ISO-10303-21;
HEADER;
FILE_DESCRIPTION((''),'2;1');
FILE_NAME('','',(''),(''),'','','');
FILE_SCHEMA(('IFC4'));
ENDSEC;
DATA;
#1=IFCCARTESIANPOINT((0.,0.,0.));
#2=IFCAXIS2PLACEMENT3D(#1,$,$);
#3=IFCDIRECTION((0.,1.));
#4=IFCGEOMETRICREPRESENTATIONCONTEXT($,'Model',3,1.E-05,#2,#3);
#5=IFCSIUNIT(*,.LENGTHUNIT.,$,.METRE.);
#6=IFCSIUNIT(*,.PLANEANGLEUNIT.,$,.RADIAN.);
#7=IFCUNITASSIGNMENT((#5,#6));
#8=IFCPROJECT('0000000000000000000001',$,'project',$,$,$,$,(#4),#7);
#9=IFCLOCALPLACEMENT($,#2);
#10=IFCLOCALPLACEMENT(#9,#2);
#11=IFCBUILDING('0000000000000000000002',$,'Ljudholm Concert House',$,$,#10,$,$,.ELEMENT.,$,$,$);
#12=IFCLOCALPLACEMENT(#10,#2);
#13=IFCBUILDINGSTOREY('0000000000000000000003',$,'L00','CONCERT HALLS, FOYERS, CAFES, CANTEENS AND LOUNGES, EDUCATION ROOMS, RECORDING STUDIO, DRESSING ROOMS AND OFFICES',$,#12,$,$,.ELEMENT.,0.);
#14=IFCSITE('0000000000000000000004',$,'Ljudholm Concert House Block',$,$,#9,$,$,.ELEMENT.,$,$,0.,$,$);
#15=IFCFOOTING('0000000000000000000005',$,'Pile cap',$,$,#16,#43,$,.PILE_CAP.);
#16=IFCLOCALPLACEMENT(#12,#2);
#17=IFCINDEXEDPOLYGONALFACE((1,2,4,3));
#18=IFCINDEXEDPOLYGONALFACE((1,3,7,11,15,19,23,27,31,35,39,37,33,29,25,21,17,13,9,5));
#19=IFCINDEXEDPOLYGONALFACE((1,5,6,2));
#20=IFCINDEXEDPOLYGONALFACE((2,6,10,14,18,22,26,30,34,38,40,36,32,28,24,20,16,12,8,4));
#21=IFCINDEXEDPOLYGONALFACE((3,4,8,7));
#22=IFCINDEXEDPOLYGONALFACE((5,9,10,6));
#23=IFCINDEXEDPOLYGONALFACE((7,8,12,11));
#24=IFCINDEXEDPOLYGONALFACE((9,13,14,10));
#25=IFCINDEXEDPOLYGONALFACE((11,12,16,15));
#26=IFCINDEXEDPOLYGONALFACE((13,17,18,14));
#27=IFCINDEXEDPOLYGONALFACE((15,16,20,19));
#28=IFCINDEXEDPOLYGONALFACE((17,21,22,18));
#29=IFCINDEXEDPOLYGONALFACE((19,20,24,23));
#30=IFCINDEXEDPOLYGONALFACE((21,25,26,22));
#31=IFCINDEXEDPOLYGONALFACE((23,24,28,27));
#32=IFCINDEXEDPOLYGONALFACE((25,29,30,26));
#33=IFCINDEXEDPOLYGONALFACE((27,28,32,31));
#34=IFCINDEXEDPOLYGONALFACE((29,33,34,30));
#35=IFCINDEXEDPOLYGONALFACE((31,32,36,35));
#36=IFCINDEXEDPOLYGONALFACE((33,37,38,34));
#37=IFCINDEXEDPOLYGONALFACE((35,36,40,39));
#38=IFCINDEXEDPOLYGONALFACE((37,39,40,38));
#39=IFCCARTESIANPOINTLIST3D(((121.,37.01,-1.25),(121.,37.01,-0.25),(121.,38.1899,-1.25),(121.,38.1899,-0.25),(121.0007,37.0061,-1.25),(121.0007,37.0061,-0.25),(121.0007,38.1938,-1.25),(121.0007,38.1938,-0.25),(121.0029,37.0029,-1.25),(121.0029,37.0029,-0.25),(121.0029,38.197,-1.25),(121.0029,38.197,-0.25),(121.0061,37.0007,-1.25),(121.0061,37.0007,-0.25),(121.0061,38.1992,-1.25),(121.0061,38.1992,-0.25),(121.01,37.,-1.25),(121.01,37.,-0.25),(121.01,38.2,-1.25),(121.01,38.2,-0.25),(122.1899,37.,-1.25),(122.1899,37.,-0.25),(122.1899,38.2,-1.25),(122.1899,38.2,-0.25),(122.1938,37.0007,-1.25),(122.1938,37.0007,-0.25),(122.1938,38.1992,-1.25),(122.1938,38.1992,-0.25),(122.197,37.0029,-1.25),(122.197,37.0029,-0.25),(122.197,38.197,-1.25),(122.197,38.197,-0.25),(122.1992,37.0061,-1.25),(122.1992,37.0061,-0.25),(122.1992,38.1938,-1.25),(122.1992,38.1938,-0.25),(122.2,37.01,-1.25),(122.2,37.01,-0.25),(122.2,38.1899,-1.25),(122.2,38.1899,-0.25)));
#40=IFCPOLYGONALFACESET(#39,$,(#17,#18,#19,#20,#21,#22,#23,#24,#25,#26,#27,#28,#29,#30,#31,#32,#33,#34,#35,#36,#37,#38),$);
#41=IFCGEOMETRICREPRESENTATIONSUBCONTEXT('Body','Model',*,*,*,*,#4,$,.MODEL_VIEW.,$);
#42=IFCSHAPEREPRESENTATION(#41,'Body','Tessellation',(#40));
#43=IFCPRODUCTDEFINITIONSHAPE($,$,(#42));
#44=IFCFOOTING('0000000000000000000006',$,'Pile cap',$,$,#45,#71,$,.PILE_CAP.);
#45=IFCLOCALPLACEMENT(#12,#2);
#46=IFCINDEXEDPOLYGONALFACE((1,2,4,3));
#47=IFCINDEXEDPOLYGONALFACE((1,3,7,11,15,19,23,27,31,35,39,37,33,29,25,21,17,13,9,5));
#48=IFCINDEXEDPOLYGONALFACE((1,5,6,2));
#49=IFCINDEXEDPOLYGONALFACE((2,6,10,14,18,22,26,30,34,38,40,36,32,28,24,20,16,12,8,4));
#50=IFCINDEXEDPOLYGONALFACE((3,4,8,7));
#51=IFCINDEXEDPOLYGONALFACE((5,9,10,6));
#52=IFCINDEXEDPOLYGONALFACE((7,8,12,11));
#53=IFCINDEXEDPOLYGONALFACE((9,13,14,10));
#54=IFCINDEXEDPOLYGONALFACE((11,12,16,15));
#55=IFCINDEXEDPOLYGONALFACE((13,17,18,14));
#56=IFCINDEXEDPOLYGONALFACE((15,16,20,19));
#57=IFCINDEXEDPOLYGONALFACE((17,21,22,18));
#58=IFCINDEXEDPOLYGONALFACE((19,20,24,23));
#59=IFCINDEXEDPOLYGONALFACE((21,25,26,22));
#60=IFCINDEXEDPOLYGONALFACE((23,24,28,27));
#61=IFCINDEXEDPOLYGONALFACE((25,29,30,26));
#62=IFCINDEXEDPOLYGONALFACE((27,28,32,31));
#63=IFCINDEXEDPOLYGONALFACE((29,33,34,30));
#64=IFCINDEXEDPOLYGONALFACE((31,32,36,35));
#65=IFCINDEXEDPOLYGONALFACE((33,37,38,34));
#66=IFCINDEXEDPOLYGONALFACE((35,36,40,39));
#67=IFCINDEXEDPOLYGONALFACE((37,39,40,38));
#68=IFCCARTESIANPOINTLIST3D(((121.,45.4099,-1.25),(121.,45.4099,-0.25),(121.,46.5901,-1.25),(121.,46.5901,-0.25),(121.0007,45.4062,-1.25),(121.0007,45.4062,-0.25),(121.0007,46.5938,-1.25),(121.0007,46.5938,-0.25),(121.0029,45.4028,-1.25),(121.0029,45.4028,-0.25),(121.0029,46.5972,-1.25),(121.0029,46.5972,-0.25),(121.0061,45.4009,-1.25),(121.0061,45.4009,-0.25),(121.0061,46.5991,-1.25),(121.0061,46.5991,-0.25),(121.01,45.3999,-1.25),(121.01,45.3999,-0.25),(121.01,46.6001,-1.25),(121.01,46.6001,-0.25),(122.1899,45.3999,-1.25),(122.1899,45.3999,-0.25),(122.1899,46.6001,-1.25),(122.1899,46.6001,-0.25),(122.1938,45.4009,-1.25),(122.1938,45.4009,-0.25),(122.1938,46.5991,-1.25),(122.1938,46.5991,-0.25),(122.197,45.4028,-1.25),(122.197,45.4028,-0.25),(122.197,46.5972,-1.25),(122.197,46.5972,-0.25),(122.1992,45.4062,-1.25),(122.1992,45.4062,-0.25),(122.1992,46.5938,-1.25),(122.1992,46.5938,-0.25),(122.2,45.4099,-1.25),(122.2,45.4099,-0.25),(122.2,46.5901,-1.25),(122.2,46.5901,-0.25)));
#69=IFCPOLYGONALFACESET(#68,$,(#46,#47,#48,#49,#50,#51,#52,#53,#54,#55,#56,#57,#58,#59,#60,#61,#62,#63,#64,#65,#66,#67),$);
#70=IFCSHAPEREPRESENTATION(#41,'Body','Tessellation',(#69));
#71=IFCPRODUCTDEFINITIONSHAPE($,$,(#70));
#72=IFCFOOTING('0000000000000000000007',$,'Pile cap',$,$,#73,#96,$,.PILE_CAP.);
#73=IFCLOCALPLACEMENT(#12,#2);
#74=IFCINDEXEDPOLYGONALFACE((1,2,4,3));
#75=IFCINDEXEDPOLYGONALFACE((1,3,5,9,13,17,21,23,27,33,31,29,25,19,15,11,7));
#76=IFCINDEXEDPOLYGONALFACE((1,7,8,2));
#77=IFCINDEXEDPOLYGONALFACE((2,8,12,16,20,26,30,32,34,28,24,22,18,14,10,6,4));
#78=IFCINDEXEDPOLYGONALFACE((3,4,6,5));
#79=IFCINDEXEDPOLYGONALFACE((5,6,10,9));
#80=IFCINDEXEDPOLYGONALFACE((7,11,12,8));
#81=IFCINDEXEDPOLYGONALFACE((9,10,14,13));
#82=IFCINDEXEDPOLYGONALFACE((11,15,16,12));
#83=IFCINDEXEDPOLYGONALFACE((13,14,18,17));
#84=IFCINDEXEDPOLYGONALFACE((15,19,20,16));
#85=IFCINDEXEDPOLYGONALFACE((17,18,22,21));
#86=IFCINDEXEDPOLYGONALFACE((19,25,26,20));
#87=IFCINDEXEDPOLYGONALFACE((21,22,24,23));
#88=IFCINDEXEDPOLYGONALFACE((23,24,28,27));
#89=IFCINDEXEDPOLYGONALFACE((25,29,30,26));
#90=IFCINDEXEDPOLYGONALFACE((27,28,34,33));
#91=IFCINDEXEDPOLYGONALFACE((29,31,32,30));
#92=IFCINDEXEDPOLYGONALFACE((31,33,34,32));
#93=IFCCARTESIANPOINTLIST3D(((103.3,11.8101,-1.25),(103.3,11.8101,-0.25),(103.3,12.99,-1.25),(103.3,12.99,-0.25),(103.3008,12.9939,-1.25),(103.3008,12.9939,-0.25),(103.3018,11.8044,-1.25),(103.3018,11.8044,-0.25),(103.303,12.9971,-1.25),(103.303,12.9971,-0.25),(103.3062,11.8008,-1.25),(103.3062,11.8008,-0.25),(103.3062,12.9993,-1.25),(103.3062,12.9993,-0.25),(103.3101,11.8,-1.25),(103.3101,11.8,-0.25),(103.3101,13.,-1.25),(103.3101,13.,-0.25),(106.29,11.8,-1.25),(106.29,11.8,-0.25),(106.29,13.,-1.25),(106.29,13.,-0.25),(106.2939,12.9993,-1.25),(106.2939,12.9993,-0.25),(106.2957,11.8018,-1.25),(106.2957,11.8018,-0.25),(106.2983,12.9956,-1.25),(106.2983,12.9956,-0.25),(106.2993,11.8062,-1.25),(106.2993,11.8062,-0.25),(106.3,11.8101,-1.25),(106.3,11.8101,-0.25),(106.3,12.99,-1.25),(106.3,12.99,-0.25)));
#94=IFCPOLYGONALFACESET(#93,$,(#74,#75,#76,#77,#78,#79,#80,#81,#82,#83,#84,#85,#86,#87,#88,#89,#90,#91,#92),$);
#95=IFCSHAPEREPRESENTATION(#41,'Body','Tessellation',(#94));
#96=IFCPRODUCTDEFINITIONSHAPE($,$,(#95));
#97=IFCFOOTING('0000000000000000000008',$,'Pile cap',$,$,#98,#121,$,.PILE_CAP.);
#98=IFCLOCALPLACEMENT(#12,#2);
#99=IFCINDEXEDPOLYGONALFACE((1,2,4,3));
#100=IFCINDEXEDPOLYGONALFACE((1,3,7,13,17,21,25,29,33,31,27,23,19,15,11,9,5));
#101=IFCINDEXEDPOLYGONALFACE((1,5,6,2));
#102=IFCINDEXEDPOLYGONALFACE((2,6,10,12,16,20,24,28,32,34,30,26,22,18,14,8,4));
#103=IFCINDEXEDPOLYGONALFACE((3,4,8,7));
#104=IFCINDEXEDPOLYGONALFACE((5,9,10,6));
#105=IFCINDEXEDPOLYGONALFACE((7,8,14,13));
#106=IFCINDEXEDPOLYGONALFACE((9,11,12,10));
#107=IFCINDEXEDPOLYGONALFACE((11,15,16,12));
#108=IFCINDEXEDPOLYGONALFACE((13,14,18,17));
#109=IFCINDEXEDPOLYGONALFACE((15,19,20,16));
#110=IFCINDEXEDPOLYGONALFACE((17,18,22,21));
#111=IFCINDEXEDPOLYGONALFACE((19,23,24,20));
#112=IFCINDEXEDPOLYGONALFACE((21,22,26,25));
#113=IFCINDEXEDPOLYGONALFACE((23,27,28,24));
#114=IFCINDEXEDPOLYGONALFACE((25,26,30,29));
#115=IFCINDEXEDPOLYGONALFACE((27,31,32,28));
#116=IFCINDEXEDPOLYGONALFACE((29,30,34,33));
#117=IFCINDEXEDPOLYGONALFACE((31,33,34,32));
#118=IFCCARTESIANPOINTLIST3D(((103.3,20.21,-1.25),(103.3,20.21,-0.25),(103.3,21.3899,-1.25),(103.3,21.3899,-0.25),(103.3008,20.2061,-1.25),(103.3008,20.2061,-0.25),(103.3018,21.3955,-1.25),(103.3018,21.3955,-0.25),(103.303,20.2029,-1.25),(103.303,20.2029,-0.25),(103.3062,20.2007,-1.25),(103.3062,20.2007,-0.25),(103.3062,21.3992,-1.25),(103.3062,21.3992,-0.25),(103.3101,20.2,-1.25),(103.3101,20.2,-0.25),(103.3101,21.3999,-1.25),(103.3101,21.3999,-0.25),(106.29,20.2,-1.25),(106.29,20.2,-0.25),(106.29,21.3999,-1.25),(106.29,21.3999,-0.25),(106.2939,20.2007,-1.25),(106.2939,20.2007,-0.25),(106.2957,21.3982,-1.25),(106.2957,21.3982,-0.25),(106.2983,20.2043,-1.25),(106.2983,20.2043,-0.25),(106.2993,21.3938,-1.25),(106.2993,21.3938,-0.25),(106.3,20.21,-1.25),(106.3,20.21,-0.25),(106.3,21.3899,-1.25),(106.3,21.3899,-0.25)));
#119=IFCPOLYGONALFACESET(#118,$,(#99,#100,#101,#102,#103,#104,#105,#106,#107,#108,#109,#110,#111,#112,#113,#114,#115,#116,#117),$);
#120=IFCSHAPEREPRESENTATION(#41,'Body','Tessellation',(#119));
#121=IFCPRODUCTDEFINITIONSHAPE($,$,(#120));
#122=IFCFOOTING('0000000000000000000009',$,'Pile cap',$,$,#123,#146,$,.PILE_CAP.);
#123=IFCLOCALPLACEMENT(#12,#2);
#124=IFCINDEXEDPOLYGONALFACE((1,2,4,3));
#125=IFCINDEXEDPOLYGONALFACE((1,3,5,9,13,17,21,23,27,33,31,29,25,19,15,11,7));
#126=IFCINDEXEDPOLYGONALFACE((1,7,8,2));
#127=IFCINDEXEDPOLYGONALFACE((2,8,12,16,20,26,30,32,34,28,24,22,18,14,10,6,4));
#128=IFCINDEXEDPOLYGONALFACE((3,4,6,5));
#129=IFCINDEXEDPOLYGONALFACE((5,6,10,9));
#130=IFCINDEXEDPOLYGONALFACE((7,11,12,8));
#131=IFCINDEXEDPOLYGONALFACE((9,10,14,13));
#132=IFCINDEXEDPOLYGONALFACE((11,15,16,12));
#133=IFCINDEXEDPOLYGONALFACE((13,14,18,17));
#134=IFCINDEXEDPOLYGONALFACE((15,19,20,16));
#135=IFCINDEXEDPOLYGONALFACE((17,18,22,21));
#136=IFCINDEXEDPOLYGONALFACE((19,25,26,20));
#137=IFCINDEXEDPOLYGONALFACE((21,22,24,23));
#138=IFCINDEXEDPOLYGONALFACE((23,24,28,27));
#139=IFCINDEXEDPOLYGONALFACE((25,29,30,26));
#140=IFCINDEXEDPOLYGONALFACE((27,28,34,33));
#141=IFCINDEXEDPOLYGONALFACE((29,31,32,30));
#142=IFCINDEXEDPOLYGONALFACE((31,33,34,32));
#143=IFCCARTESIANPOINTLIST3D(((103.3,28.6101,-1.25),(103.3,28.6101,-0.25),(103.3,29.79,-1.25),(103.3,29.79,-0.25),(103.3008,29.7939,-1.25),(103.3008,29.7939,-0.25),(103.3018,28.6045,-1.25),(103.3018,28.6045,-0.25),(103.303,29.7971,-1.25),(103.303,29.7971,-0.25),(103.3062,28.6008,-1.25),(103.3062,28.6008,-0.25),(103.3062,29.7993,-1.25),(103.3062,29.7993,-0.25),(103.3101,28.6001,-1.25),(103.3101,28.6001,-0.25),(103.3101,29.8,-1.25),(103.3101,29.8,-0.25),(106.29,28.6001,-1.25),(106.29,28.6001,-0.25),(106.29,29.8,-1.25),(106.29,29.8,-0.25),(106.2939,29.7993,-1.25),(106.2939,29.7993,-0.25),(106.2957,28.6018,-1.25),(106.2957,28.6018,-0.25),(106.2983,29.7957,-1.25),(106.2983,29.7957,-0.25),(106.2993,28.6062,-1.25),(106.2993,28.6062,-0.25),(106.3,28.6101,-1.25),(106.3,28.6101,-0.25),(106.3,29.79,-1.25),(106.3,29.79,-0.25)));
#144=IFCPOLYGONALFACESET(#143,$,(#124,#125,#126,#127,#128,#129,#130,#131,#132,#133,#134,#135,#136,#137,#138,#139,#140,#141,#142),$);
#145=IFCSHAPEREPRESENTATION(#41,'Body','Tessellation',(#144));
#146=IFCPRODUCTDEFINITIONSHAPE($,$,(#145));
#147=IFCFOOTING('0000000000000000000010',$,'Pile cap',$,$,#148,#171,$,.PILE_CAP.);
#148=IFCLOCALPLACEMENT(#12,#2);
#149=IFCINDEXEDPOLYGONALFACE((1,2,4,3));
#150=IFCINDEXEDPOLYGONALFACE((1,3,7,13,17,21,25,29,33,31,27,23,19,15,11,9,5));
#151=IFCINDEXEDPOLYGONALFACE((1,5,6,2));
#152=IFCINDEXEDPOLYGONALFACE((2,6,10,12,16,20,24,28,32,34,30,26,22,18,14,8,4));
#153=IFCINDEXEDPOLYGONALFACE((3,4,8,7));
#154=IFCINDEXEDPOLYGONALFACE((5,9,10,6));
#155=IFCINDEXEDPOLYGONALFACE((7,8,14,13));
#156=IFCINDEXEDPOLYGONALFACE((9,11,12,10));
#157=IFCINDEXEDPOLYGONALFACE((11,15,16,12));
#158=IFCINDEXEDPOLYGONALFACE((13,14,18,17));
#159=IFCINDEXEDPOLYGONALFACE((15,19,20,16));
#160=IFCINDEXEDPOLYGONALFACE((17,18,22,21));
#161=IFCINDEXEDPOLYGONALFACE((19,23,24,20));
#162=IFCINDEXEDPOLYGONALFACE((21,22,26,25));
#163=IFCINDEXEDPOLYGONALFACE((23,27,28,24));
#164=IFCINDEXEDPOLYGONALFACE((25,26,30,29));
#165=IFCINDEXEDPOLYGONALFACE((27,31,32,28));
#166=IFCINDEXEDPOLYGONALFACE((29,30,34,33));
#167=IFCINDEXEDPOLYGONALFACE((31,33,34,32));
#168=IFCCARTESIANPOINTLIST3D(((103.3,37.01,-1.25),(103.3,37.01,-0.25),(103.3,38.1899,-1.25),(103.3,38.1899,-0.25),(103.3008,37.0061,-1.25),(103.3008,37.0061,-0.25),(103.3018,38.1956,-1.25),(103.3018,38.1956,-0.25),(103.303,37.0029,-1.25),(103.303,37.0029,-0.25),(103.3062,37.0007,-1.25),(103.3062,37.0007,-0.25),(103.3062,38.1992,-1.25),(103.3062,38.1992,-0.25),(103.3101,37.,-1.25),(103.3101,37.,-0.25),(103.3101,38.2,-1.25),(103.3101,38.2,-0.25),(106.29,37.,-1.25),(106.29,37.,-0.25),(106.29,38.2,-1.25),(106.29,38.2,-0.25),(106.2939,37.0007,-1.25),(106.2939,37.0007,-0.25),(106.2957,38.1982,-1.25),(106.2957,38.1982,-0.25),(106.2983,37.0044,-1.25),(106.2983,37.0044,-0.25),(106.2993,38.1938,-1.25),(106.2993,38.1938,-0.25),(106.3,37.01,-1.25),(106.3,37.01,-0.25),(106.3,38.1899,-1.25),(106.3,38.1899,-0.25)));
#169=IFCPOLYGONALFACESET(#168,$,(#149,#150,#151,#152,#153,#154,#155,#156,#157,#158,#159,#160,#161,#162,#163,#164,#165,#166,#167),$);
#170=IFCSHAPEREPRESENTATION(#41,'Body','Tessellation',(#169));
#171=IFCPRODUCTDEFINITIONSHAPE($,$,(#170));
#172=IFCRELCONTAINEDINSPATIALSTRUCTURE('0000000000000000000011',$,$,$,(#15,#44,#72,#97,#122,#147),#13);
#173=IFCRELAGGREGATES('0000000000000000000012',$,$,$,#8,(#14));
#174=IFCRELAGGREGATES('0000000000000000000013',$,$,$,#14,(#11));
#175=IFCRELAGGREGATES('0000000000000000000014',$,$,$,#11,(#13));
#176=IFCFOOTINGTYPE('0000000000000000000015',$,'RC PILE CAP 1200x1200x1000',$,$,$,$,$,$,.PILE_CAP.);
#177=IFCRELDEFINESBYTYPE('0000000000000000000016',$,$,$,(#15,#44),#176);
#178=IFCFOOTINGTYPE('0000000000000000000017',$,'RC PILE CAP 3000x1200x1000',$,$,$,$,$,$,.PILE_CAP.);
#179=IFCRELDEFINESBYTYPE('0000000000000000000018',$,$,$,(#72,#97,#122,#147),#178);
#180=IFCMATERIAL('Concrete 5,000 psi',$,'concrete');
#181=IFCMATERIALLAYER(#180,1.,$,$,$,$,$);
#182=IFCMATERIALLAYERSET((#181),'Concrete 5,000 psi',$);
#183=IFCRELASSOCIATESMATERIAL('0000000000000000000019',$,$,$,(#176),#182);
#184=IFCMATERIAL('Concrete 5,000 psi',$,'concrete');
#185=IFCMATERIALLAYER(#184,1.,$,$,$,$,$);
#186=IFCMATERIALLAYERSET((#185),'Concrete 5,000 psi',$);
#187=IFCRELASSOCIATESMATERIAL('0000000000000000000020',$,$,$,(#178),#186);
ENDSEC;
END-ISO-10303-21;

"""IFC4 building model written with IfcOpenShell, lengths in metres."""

from ifc_helpers import new_model, si_unit, direction, frame, origin, place, context, subcontext, project, spatial, polyline, outline, extrude, material, layer, layer_set, type_object, element, save


model = new_model("IFC4")

# Units and contexts
model_context = context("Model", 3, precision=1e-05, world=origin(), true_north=direction((0.0, 1.0)))
body_context = subcontext(model_context, "Body", "Model", "MODEL_VIEW")
ifc_project = project(units=[si_unit("LENGTHUNIT", "METRE"), si_unit("PLANEANGLEUNIT", "RADIAN")], contexts=[model_context])

# Site, building, storey
site_placement = place(None, origin())
site = spatial("IfcSite", under=ifc_project, at=site_placement, Name="Ljudholm Concert House Block", CompositionType="ELEMENT", RefElevation=0.0)
building_placement = place(site_placement, origin())
building = spatial("IfcBuilding", under=site, at=building_placement, Name="Ljudholm Concert House", CompositionType="ELEMENT")
storey_placement = place(building_placement, origin())
storey = spatial("IfcBuildingStorey", under=building, at=storey_placement, Name="L00", Description="CONCERT HALLS, FOYERS, CAFES, CANTEENS AND LOUNGES, EDUCATION ROOMS, RECORDING STUDIO, DRESSING ROOMS AND OFFICES", CompositionType="ELEMENT", Elevation=0.0)

# Footings
ifc_material_1 = material(Name="Concrete 5,000 psi", Category="concrete")
ifc_layer_1 = layer(ifc_material_1, 1.0)
ifc_layer_set_1 = layer_set([ifc_layer_1], Name="Concrete 5,000 psi")
footing_type_1 = type_object("IfcFootingType", Name="RC PILE CAP 1200x1200x1000", PredefinedType="PILE_CAP", material=ifc_layer_set_1)
footing_1_placement = place(storey_placement, frame((0.0, 0.0, -1.25)))
element("IfcFooting", 1, at=footing_1_placement, inside=storey, type_object=footing_type_1, Name="Pile cap", PredefinedType="PILE_CAP", context=body_context, shape_type="SweptSolid", body=[
    extrude(outline(polyline([(121.01, 37.0), (122.1899, 37.0), (122.1938, 37.0007), (122.197, 37.0029), (122.1992, 37.0061), (122.2, 37.01), (122.2, 38.1899), (122.1992, 38.1938), (122.197, 38.197), (122.1938, 38.1992), (122.1899, 38.2), (121.01, 38.2), (121.0061, 38.1992), (121.0029, 38.197), (121.0007, 38.1938), (121.0, 38.1899), (121.0, 37.01), (121.0007, 37.0061), (121.0029, 37.0029), (121.0061, 37.0007), (121.01, 37.0)])), origin(), (0.0, 0.0, 1.0), 1.0),
])
footing_2_placement = place(storey_placement, frame((0.0, 0.0, -1.25)))
element("IfcFooting", 2, at=footing_2_placement, inside=storey, type_object=footing_type_1, Name="Pile cap", PredefinedType="PILE_CAP", context=body_context, shape_type="SweptSolid", body=[
    extrude(outline(polyline([(121.01, 45.3999), (122.1899, 45.3999), (122.1938, 45.4009), (122.197, 45.4028), (122.1992, 45.4062), (122.2, 45.4099), (122.2, 46.5901), (122.1992, 46.5938), (122.197, 46.5972), (122.1938, 46.5991), (122.1899, 46.6001), (121.01, 46.6001), (121.0061, 46.5991), (121.0029, 46.5972), (121.0007, 46.5938), (121.0, 46.5901), (121.0, 45.4099), (121.0007, 45.4062), (121.0029, 45.4028), (121.0061, 45.4009), (121.01, 45.3999)])), origin(), (0.0, 0.0, 1.0), 1.0),
])
ifc_material_2 = material(Name="Concrete 5,000 psi", Category="concrete")
ifc_layer_2 = layer(ifc_material_2, 1.0)
ifc_layer_set_2 = layer_set([ifc_layer_2], Name="Concrete 5,000 psi")
footing_type_2 = type_object("IfcFootingType", Name="RC PILE CAP 3000x1200x1000", PredefinedType="PILE_CAP", material=ifc_layer_set_2)
footing_3_placement = place(storey_placement, frame((0.0, 0.0, -1.25)))
element("IfcFooting", 3, at=footing_3_placement, inside=storey, type_object=footing_type_2, Name="Pile cap", PredefinedType="PILE_CAP", context=body_context, shape_type="SweptSolid", body=[
    extrude(outline(polyline([(103.3, 12.99), (103.3, 11.8101), (103.3018, 11.8044), (103.3062, 11.8008), (103.3101, 11.8), (106.29, 11.8), (106.2957, 11.8018), (106.2993, 11.8062), (106.3, 11.8101), (106.3, 12.99), (106.2983, 12.9956), (106.2939, 12.9993), (106.29, 13.0), (103.3101, 13.0), (103.3062, 12.9993), (103.303, 12.9971), (103.3008, 12.9939), (103.3, 12.99)])), origin(), (0.0, 0.0, 1.0), 1.0),
])
footing_4_placement = place(storey_placement, frame((0.0, 0.0, -1.25)))
element("IfcFooting", 4, at=footing_4_placement, inside=storey, type_object=footing_type_2, Name="Pile cap", PredefinedType="PILE_CAP", context=body_context, shape_type="SweptSolid", body=[
    extrude(outline(polyline([(103.3101, 20.2), (106.29, 20.2), (106.2939, 20.2007), (106.2983, 20.2043), (106.3, 20.21), (106.3, 21.3899), (106.2993, 21.3938), (106.2957, 21.3982), (106.29, 21.3999), (103.3101, 21.3999), (103.3062, 21.3992), (103.3018, 21.3955), (103.3, 21.3899), (103.3, 20.21), (103.3008, 20.2061), (103.303, 20.2029), (103.3062, 20.2007), (103.3101, 20.2)])), origin(), (0.0, 0.0, 1.0), 1.0),
])
footing_5_placement = place(storey_placement, frame((0.0, 0.0, -1.25)))
element("IfcFooting", 5, at=footing_5_placement, inside=storey, type_object=footing_type_2, Name="Pile cap", PredefinedType="PILE_CAP", context=body_context, shape_type="SweptSolid", body=[
    extrude(outline(polyline([(103.3, 29.79), (103.3, 28.6101), (103.3018, 28.6045), (103.3062, 28.6008), (103.3101, 28.6001), (106.29, 28.6001), (106.2957, 28.6018), (106.2993, 28.6062), (106.3, 28.6101), (106.3, 29.79), (106.2983, 29.7957), (106.2939, 29.7993), (106.29, 29.8), (103.3101, 29.8), (103.3062, 29.7993), (103.303, 29.7971), (103.3008, 29.7939), (103.3, 29.79)])), origin(), (0.0, 0.0, 1.0), 1.0),
])
footing_6_placement = place(storey_placement, frame((0.0, 0.0, -1.25)))
element("IfcFooting", 6, at=footing_6_placement, inside=storey, type_object=footing_type_2, Name="Pile cap", PredefinedType="PILE_CAP", context=body_context, shape_type="SweptSolid", body=[
    extrude(outline(polyline([(103.3101, 37.0), (106.29, 37.0), (106.2939, 37.0007), (106.2983, 37.0044), (106.3, 37.01), (106.3, 38.1899), (106.2993, 38.1938), (106.2957, 38.1982), (106.29, 38.2), (103.3101, 38.2), (103.3062, 38.1992), (103.3018, 38.1956), (103.3, 38.1899), (103.3, 37.01), (103.3008, 37.0061), (103.303, 37.0029), (103.3062, 37.0007), (103.3101, 37.0)])), origin(), (0.0, 0.0, 1.0), 1.0),
])

save(model, "model.ifc")
